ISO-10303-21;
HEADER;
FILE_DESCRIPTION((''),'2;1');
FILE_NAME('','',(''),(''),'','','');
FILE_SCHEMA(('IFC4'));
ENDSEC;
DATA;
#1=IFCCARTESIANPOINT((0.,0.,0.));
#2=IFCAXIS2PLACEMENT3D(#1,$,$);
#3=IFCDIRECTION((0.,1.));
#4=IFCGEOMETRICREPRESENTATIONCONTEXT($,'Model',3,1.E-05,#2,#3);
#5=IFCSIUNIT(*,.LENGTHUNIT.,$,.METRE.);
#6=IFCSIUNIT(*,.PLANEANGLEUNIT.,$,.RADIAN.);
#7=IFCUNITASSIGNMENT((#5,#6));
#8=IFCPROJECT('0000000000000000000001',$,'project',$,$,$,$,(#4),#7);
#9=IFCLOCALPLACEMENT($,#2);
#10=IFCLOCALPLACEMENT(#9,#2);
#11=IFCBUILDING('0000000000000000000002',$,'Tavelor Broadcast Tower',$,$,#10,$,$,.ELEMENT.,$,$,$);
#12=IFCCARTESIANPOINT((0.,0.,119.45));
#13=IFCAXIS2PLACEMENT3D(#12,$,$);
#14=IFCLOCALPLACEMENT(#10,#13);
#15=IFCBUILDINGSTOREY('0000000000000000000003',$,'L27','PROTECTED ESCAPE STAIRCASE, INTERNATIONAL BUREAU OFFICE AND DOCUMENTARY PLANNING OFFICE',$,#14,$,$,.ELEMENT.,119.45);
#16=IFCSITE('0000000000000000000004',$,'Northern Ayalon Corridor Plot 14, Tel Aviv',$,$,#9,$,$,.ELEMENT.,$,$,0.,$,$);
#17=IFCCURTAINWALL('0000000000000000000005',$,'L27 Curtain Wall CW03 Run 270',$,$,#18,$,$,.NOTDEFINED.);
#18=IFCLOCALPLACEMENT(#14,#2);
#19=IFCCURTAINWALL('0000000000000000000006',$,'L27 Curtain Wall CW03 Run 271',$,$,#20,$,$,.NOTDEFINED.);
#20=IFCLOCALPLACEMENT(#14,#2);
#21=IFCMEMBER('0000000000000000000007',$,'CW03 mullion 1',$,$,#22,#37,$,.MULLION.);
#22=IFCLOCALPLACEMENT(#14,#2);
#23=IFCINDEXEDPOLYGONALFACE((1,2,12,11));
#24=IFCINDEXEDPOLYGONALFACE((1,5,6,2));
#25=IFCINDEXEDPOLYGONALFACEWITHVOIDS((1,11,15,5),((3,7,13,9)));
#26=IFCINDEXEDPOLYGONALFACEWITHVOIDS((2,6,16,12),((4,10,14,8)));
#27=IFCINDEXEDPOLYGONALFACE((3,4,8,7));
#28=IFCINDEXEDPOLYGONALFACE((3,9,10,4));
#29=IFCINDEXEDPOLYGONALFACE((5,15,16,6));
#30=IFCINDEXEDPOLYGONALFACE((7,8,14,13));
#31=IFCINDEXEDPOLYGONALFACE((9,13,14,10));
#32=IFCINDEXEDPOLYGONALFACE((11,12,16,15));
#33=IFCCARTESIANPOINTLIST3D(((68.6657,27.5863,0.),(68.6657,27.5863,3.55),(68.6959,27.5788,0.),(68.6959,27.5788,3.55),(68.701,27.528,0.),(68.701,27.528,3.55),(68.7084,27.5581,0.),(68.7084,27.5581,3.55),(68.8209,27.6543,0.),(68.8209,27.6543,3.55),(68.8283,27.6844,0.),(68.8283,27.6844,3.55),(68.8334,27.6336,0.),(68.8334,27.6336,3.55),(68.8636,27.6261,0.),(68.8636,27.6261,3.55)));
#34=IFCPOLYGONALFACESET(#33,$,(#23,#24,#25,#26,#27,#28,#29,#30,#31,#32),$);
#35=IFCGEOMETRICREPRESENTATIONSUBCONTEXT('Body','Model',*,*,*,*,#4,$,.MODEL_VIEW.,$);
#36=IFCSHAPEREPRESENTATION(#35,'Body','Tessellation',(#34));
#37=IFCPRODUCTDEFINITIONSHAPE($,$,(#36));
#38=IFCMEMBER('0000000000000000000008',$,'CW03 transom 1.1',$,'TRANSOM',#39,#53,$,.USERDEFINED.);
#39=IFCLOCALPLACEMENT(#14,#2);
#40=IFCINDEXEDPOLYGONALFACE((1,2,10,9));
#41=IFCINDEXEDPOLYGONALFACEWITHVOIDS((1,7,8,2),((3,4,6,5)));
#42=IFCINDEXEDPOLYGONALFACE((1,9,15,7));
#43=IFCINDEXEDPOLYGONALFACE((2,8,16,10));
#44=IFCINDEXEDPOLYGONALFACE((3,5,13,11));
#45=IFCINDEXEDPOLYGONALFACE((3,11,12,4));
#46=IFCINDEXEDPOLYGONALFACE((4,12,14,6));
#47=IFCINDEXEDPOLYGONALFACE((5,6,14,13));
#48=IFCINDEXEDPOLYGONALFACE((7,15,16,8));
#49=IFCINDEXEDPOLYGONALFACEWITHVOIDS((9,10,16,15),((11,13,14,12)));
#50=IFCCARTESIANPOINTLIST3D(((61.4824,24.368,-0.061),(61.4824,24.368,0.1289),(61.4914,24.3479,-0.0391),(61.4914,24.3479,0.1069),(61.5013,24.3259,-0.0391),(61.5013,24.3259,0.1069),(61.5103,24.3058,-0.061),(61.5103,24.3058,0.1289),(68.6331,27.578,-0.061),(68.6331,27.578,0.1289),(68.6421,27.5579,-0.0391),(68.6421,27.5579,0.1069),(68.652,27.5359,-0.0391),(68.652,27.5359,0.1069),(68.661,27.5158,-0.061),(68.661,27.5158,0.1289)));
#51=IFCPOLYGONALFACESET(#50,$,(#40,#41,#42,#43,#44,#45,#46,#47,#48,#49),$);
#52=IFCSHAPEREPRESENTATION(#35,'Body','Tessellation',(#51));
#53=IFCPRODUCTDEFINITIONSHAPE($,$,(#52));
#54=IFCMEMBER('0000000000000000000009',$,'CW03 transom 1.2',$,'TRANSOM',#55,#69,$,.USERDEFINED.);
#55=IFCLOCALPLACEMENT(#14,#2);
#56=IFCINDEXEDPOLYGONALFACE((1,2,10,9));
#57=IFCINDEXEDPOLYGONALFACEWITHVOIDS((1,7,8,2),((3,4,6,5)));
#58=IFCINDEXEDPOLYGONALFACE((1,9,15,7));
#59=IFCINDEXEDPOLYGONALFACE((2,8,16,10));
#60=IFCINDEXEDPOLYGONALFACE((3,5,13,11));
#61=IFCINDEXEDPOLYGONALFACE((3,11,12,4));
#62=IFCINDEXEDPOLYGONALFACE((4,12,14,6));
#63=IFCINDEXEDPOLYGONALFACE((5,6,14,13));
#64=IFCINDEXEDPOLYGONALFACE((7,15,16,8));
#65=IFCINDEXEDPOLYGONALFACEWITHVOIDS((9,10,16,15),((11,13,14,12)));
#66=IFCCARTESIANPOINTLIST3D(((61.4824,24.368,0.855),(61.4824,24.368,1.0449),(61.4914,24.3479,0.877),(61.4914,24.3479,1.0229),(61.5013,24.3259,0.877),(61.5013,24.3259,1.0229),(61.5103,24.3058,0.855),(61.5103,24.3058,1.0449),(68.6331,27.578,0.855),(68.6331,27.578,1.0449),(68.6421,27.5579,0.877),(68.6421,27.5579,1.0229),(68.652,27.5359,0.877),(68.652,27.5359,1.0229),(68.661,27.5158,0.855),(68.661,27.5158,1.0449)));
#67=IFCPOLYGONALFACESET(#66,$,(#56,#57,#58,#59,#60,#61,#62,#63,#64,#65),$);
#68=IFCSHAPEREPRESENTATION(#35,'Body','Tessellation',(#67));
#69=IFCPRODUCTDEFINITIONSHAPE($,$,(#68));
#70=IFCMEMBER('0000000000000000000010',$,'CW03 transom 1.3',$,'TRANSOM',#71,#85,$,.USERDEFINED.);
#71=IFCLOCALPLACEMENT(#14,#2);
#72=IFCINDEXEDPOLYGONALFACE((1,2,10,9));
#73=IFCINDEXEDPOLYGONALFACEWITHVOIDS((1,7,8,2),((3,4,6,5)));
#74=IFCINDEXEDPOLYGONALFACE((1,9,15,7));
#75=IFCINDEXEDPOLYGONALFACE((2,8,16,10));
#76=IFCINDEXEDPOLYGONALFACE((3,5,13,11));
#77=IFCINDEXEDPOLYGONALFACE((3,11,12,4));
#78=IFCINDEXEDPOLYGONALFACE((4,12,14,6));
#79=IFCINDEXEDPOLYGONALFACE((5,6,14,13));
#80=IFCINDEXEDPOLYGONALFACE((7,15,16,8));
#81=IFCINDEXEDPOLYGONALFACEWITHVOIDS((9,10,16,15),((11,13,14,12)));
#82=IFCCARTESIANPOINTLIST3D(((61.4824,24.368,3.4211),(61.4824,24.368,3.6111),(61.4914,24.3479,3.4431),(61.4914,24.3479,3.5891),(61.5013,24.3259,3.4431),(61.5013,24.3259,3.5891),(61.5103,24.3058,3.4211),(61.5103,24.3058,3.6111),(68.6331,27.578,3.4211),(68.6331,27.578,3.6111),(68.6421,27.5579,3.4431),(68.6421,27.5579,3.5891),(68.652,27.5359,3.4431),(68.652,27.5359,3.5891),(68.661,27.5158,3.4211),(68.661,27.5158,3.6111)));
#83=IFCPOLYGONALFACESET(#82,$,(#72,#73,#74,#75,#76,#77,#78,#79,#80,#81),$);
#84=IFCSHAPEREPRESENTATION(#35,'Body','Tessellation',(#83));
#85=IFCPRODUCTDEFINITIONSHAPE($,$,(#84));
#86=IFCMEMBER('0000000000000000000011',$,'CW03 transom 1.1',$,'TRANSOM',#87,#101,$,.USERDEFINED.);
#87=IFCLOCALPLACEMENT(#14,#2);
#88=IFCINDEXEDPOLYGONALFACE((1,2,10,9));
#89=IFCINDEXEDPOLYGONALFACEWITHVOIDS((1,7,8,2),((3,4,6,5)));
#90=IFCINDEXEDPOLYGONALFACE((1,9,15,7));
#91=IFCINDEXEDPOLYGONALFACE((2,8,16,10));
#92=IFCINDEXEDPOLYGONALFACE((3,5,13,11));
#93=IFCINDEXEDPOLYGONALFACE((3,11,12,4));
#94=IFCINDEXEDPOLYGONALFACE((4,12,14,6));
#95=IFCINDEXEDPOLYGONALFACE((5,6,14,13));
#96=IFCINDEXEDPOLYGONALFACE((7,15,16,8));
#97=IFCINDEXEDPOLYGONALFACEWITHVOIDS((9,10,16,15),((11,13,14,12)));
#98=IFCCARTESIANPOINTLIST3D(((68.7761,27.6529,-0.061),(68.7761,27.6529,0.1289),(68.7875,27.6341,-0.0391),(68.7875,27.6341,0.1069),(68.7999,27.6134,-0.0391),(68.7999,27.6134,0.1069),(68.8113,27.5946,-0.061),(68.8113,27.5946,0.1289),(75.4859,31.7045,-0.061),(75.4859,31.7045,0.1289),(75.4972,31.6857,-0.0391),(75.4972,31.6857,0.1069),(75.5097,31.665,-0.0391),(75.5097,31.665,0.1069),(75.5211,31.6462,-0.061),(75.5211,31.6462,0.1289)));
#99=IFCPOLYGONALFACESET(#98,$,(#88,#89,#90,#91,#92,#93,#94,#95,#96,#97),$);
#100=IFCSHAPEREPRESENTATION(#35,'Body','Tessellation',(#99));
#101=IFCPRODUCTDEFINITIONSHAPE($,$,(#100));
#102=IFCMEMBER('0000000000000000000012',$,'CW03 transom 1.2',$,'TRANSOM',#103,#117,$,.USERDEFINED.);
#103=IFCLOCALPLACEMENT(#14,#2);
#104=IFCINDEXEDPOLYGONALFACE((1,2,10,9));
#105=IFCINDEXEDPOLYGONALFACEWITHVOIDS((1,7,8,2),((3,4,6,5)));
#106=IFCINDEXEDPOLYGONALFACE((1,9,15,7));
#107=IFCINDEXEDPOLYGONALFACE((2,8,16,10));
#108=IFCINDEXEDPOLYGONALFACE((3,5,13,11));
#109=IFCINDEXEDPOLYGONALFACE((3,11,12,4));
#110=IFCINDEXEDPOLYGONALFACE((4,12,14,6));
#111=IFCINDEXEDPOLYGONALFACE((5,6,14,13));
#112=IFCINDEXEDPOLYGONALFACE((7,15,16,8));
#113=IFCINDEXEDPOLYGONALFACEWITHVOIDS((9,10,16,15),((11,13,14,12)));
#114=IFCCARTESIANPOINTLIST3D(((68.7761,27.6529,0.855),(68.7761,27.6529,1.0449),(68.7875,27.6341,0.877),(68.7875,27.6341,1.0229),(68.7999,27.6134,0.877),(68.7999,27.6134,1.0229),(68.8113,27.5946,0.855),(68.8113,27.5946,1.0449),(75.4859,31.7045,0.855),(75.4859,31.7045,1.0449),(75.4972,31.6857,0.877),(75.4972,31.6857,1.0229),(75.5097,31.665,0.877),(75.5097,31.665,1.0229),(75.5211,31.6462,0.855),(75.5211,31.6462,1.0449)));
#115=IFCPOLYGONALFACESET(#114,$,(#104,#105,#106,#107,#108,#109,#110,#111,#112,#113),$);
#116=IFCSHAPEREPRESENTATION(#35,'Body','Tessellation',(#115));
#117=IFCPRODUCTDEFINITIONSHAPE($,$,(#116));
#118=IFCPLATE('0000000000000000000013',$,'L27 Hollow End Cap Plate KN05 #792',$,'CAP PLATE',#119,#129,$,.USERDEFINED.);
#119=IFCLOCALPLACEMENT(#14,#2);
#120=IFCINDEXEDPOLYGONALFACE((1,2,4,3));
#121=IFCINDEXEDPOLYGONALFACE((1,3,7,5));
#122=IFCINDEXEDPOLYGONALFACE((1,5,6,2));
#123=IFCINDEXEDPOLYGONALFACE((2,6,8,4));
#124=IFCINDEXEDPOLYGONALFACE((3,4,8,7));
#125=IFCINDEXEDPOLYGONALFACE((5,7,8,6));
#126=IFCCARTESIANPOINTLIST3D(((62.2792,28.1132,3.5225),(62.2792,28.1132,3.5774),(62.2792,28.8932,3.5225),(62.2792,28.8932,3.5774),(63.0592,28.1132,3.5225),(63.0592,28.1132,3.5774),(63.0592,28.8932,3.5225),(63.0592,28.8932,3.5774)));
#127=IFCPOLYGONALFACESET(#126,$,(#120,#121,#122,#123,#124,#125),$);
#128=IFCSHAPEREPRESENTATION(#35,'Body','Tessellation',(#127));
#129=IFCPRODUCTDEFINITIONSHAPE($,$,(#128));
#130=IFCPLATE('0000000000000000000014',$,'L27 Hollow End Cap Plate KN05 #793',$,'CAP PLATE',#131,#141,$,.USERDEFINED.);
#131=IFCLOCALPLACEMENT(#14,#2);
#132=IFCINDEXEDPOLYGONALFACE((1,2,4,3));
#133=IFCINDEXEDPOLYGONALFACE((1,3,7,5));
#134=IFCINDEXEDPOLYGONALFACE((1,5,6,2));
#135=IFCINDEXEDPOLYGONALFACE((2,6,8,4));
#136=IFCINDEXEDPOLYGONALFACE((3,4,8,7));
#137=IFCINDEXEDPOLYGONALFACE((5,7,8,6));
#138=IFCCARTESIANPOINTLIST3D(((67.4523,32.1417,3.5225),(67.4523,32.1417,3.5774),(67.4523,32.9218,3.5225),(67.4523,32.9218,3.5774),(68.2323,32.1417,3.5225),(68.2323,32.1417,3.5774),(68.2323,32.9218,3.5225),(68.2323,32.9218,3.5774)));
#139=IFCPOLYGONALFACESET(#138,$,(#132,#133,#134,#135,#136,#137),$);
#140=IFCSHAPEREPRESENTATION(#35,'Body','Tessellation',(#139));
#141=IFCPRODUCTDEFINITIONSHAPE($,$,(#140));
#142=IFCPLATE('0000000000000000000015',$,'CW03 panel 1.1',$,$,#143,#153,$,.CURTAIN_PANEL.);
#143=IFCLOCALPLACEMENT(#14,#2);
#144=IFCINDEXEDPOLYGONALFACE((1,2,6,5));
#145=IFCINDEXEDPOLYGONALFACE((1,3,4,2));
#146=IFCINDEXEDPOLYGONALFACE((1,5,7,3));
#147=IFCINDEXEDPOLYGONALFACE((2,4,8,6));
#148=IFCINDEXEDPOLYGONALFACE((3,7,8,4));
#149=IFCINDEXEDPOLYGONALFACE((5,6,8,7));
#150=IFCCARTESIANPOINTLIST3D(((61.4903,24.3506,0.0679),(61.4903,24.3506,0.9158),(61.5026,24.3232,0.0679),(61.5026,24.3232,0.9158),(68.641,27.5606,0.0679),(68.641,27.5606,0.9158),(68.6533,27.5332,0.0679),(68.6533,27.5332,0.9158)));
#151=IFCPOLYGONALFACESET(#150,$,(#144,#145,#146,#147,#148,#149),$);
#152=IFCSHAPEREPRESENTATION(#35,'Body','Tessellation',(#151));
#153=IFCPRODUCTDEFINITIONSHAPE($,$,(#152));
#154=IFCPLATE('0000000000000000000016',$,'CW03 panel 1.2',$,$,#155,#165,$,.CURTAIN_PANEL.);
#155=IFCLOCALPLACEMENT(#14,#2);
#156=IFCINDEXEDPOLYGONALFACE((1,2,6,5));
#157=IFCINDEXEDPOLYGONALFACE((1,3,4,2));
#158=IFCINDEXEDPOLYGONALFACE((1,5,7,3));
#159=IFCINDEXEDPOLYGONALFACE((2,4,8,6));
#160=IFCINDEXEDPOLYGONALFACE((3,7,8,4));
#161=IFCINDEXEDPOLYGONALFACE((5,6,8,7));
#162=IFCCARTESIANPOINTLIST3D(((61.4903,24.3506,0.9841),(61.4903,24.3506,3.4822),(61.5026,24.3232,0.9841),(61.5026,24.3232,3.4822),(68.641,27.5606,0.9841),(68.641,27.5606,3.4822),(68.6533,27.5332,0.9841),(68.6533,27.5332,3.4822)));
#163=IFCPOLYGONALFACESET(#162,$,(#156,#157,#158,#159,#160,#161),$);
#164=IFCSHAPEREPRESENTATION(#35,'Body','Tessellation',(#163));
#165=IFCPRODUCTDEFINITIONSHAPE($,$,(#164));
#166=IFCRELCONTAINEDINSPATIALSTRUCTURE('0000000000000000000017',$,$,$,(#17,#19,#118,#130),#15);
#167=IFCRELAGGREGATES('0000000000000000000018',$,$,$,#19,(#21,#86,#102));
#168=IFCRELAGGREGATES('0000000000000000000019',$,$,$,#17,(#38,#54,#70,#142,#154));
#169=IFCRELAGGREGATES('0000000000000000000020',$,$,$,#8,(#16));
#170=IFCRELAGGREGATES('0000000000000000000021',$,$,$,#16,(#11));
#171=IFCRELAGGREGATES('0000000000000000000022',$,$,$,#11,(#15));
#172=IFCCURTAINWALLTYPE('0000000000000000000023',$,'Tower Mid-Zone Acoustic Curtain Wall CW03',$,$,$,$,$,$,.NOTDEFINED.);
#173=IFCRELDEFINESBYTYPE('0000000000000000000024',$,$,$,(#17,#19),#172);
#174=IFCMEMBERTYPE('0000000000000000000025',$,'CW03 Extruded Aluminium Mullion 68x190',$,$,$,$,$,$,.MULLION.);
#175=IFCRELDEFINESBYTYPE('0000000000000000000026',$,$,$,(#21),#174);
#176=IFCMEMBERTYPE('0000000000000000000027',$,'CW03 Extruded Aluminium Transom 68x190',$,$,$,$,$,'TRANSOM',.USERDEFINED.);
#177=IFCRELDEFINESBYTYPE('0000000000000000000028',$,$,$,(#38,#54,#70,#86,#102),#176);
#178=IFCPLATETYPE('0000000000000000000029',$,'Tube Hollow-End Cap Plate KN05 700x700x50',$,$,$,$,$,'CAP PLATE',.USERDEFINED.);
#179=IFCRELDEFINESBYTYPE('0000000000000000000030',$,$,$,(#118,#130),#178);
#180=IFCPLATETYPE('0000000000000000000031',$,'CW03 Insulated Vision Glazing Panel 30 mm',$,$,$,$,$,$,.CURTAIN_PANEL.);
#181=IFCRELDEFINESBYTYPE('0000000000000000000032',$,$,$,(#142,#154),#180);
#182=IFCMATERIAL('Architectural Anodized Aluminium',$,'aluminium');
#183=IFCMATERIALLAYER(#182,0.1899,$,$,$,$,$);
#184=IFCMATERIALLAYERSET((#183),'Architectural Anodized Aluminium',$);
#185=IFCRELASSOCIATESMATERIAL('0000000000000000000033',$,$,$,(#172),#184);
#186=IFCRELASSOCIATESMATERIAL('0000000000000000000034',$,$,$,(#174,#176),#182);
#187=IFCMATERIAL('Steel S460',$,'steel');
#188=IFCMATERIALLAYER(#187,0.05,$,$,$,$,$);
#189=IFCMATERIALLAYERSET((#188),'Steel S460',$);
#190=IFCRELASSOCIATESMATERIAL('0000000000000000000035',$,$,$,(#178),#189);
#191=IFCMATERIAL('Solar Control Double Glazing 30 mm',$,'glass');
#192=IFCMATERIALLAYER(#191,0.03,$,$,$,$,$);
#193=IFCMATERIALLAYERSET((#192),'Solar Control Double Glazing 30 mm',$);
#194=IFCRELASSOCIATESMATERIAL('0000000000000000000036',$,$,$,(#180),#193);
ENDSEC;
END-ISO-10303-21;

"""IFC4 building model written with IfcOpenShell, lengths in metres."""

from ifc_helpers import new_model, si_unit, direction, frame, origin, origin_2d, place, context, subcontext, project, spatial, rectangle, hollow_rectangle, extrude, source, transform, mapped, material, layer, layer_set, material_profile, profile_set, type_object, type_shapes, element, aggregate, save


model = new_model("IFC4")

# Units and contexts
model_context = context("Model", 3, precision=1e-05, world=origin(), true_north=direction((0.0, 1.0)))
body_context = subcontext(model_context, "Body", "Model", "MODEL_VIEW")
ifc_project = project(units=[si_unit("LENGTHUNIT", "METRE"), si_unit("PLANEANGLEUNIT", "RADIAN")], contexts=[model_context])

# Site, building, storey
site_placement = place(None, origin())
site = spatial("IfcSite", under=ifc_project, at=site_placement, Name="Northern Ayalon Corridor Plot 14, Tel Aviv", CompositionType="ELEMENT", RefElevation=0.0)
building_placement = place(site_placement, origin())
building = spatial("IfcBuilding", under=site, at=building_placement, Name="Tavelor Broadcast Tower", CompositionType="ELEMENT")
storey_placement = place(building_placement, frame((0.0, 0.0, 119.45)))
storey = spatial("IfcBuildingStorey", under=building, at=storey_placement, Name="L27", Description="PROTECTED ESCAPE STAIRCASE, INTERNATIONAL BUREAU OFFICE AND DOCUMENTARY PLANNING OFFICE", CompositionType="ELEMENT", Elevation=119.45)

# Shared definitions
ifc_material_1 = material(Name="Steel S460", Category="steel")

# Curtain wall
ifc_material_2 = material(Name="Architectural Anodized Aluminium", Category="aluminium")
ifc_layer_1 = layer(ifc_material_2, 0.1899)
ifc_layer_set_1 = layer_set([ifc_layer_1], Name="Architectural Anodized Aluminium")
curtain_wall_type = type_object("IfcCurtainWallType", Name="Tower Mid-Zone Acoustic Curtain Wall CW03", PredefinedType="NOTDEFINED", material=ifc_layer_set_1)
curtain_wall_1_placement = place(storey_placement, origin())
curtain_wall_1 = element("IfcCurtainWall", 1, at=curtain_wall_1_placement, inside=storey, type_object=curtain_wall_type, Name="L27 Curtain Wall CW03 Run 270", PredefinedType="NOTDEFINED")
ifc_material_profile_1 = material_profile(ifc_material_2, hollow_rectangle(XDim=0.0681, YDim=0.1899, WallThickness=0.022, at=origin_2d()), Name="RHS 68x190x22")
ifc_profile_set_1 = profile_set([ifc_material_profile_1], Name="Architectural Anodized Aluminium")
member_type_1 = type_object("IfcMemberType", Name="CW03 Extruded Aluminium Mullion 68x190", PredefinedType="MULLION", material=ifc_profile_set_1)
shared_shape_1 = source(origin(), body_context, "Body", "SweptSolid", [
    extrude(hollow_rectangle(XDim=0.0681, YDim=0.1899, WallThickness=0.022, at=origin_2d()), origin(), (0.0, 0.0, 1.0), 3.55),
])
type_shapes(member_type_1, [shared_shape_1])

# Curtain wall, member
curtain_wall_2_placement = place(storey_placement, origin())
curtain_wall_2 = element("IfcCurtainWall", 2, at=curtain_wall_2_placement, inside=storey, type_object=curtain_wall_type, Name="L27 Curtain Wall CW03 Run 271", PredefinedType="NOTDEFINED")
member_1_placement = place(storey_placement, frame((68.7646, 27.6062, 0.0), z_axis=(0.0, 0.0, 1.0), x_axis=(-0.516919, 0.856034, 0.0)))
member_1 = element("IfcMember", 3, at=member_1_placement, type_object=member_type_1, Name="CW03 mullion 1", PredefinedType="MULLION", context=body_context, shape_type="MappedRepresentation", body=[
    mapped(shared_shape_1, transform((0.0, 0.0, 0.0), scale=1.0)),
])

# Members
ifc_material_profile_2 = material_profile(ifc_material_2, hollow_rectangle(XDim=0.0681, YDim=0.1899, WallThickness=0.022, at=origin_2d()), Name="RHS 68x190x22")
ifc_profile_set_2 = profile_set([ifc_material_profile_2], Name="Architectural Anodized Aluminium")
member_type_2 = type_object("IfcMemberType", Name="CW03 Extruded Aluminium Transom 68x190", ElementType="TRANSOM", PredefinedType="USERDEFINED", material=ifc_profile_set_2)
shared_shape_2 = source(origin(), body_context, "Body", "SweptSolid", [
    extrude(hollow_rectangle(XDim=0.0681, YDim=0.1899, WallThickness=0.022, at=origin_2d()), origin(), (0.0, 0.0, 1.0), 7.8381),
])
type_shapes(member_type_2, [shared_shape_2])
member_2_placement = place(storey_placement, frame((61.4963, 24.3369, 0.0339), z_axis=(0.912295, 0.409534, 0.0), x_axis=(-0.409534, 0.912295, 0.0)))
member_2 = element("IfcMember", 4, at=member_2_placement, type_object=member_type_2, Name="CW03 transom 1.1", ObjectType="TRANSOM", PredefinedType="USERDEFINED", context=body_context, shape_type="MappedRepresentation", body=[
    mapped(shared_shape_2, transform((0.0, 0.0, 0.0), scale=1.0)),
])
member_3_placement = place(storey_placement, frame((61.4963, 24.3369, 0.95), z_axis=(0.912295, 0.409534, 0.0), x_axis=(-0.409534, 0.912295, 0.0)))
member_3 = element("IfcMember", 5, at=member_3_placement, type_object=member_type_2, Name="CW03 transom 1.2", ObjectType="TRANSOM", PredefinedType="USERDEFINED", context=body_context, shape_type="MappedRepresentation", body=[
    mapped(shared_shape_2, transform((0.0, 0.0, 0.0), scale=1.0)),
])
member_4_placement = place(storey_placement, frame((61.4963, 24.3369, 3.5161), z_axis=(0.912295, 0.409534, 0.0), x_axis=(-0.409534, 0.912295, 0.0)))
member_4 = element("IfcMember", 6, at=member_4_placement, type_object=member_type_2, Name="CW03 transom 1.3", ObjectType="TRANSOM", PredefinedType="USERDEFINED", context=body_context, shape_type="MappedRepresentation", body=[
    mapped(shared_shape_2, transform((0.0, 0.0, 0.0), scale=1.0)),
])
member_5_placement = place(storey_placement, frame((68.7937, 27.6238, 0.0339), z_axis=(0.856044, 0.516903, 0.0), x_axis=(-0.516903, 0.856044, 0.0)))
member_5 = element("IfcMember", 7, at=member_5_placement, type_object=member_type_2, Name="CW03 transom 1.1", ObjectType="TRANSOM", PredefinedType="USERDEFINED", context=body_context, shape_type="MappedRepresentation", body=[
    mapped(shared_shape_2, transform((0.0, 0.0, 0.0), scale=1.0)),
])
member_6_placement = place(storey_placement, frame((68.7937, 27.6238, 0.95), z_axis=(0.856044, 0.516903, 0.0), x_axis=(-0.516903, 0.856044, 0.0)))
member_6 = element("IfcMember", 8, at=member_6_placement, type_object=member_type_2, Name="CW03 transom 1.2", ObjectType="TRANSOM", PredefinedType="USERDEFINED", context=body_context, shape_type="MappedRepresentation", body=[
    mapped(shared_shape_2, transform((0.0, 0.0, 0.0), scale=1.0)),
])
aggregate(curtain_wall_2, [member_1, member_5, member_6])

# Plates
ifc_layer_2 = layer(ifc_material_1, 0.05)
ifc_layer_set_2 = layer_set([ifc_layer_2], Name="Steel S460")
plate_type_1 = type_object("IfcPlateType", Name="Tube Hollow-End Cap Plate KN05 700x700x50", ElementType="CAP PLATE", PredefinedType="USERDEFINED", material=ifc_layer_set_2)
shared_shape_3 = source(origin(), body_context, "Body", "SweptSolid", [
    extrude(rectangle(XDim=0.78, YDim=0.78, at=origin_2d()), origin(), (0.0, 0.0, 1.0), 0.0549),
])
type_shapes(plate_type_1, [shared_shape_3])
for number, where, z_axis, x_axis, name in (
    (9, (62.6692, 28.5032, 3.5225), (0.0, 0.0, 1.0), (1.0, 0.0, 0.0), "L27 Hollow End Cap Plate KN05 #792"),
    (10, (67.8423, 32.5317, 3.5225), (0.0, 0.0, 1.0), (1.0, 0.0, 0.0), "L27 Hollow End Cap Plate KN05 #793"),
):
    element("IfcPlate", number, at=place(storey_placement, frame(where, z_axis=z_axis, x_axis=x_axis)), inside=storey, type_object=plate_type_1, Name=name, ObjectType="CAP PLATE", PredefinedType="USERDEFINED", context=body_context, shape_type="MappedRepresentation", body=[
        mapped(shared_shape_3, transform((0.0, 0.0, 0.0), scale=1.0)),
    ])

# Plates
ifc_material_3 = material(Name="Solar Control Double Glazing 30 mm", Category="glass")
ifc_layer_3 = layer(ifc_material_3, 0.03)
ifc_layer_set_3 = layer_set([ifc_layer_3], Name="Solar Control Double Glazing 30 mm")
plate_type_2 = type_object("IfcPlateType", Name="CW03 Insulated Vision Glazing Panel 30 mm", PredefinedType="CURTAIN_PANEL", material=ifc_layer_set_3)
shared_shape_4 = source(origin(), body_context, "Body", "SweptSolid", [
    extrude(rectangle(XDim=7.8381, YDim=0.03, at=origin_2d()), origin(), (0.0, 0.0, 1.0), 0.8479),
])
plate_1_placement = place(storey_placement, frame((65.0718, 25.9419, 0.0679), z_axis=(0.0, 0.0, 1.0), x_axis=(0.912293, 0.409539, 0.0)))
plate_1 = element("IfcPlate", 11, at=plate_1_placement, type_object=plate_type_2, Name="CW03 panel 1.1", PredefinedType="CURTAIN_PANEL", context=body_context, shape_type="MappedRepresentation", body=[
    mapped(shared_shape_4, transform((0.0, 0.0, 0.0), scale=1.0)),
])
shared_shape_5 = source(origin(), body_context, "Body", "SweptSolid", [
    extrude(rectangle(XDim=7.8381, YDim=0.03, at=origin_2d()), origin(), (0.0, 0.0, 1.0), 2.498),
])
type_shapes(plate_type_2, [shared_shape_4, shared_shape_5])
plate_2_placement = place(storey_placement, frame((65.0718, 25.9419, 0.9841), z_axis=(0.0, 0.0, 1.0), x_axis=(0.912293, 0.409539, 0.0)))
plate_2 = element("IfcPlate", 12, at=plate_2_placement, type_object=plate_type_2, Name="CW03 panel 1.2", PredefinedType="CURTAIN_PANEL", context=body_context, shape_type="MappedRepresentation", body=[
    mapped(shared_shape_5, transform((0.0, 0.0, 0.0), scale=1.0)),
])
aggregate(curtain_wall_1, [member_2, member_3, member_4, plate_1, plate_2])

save(model, "model.ifc")
